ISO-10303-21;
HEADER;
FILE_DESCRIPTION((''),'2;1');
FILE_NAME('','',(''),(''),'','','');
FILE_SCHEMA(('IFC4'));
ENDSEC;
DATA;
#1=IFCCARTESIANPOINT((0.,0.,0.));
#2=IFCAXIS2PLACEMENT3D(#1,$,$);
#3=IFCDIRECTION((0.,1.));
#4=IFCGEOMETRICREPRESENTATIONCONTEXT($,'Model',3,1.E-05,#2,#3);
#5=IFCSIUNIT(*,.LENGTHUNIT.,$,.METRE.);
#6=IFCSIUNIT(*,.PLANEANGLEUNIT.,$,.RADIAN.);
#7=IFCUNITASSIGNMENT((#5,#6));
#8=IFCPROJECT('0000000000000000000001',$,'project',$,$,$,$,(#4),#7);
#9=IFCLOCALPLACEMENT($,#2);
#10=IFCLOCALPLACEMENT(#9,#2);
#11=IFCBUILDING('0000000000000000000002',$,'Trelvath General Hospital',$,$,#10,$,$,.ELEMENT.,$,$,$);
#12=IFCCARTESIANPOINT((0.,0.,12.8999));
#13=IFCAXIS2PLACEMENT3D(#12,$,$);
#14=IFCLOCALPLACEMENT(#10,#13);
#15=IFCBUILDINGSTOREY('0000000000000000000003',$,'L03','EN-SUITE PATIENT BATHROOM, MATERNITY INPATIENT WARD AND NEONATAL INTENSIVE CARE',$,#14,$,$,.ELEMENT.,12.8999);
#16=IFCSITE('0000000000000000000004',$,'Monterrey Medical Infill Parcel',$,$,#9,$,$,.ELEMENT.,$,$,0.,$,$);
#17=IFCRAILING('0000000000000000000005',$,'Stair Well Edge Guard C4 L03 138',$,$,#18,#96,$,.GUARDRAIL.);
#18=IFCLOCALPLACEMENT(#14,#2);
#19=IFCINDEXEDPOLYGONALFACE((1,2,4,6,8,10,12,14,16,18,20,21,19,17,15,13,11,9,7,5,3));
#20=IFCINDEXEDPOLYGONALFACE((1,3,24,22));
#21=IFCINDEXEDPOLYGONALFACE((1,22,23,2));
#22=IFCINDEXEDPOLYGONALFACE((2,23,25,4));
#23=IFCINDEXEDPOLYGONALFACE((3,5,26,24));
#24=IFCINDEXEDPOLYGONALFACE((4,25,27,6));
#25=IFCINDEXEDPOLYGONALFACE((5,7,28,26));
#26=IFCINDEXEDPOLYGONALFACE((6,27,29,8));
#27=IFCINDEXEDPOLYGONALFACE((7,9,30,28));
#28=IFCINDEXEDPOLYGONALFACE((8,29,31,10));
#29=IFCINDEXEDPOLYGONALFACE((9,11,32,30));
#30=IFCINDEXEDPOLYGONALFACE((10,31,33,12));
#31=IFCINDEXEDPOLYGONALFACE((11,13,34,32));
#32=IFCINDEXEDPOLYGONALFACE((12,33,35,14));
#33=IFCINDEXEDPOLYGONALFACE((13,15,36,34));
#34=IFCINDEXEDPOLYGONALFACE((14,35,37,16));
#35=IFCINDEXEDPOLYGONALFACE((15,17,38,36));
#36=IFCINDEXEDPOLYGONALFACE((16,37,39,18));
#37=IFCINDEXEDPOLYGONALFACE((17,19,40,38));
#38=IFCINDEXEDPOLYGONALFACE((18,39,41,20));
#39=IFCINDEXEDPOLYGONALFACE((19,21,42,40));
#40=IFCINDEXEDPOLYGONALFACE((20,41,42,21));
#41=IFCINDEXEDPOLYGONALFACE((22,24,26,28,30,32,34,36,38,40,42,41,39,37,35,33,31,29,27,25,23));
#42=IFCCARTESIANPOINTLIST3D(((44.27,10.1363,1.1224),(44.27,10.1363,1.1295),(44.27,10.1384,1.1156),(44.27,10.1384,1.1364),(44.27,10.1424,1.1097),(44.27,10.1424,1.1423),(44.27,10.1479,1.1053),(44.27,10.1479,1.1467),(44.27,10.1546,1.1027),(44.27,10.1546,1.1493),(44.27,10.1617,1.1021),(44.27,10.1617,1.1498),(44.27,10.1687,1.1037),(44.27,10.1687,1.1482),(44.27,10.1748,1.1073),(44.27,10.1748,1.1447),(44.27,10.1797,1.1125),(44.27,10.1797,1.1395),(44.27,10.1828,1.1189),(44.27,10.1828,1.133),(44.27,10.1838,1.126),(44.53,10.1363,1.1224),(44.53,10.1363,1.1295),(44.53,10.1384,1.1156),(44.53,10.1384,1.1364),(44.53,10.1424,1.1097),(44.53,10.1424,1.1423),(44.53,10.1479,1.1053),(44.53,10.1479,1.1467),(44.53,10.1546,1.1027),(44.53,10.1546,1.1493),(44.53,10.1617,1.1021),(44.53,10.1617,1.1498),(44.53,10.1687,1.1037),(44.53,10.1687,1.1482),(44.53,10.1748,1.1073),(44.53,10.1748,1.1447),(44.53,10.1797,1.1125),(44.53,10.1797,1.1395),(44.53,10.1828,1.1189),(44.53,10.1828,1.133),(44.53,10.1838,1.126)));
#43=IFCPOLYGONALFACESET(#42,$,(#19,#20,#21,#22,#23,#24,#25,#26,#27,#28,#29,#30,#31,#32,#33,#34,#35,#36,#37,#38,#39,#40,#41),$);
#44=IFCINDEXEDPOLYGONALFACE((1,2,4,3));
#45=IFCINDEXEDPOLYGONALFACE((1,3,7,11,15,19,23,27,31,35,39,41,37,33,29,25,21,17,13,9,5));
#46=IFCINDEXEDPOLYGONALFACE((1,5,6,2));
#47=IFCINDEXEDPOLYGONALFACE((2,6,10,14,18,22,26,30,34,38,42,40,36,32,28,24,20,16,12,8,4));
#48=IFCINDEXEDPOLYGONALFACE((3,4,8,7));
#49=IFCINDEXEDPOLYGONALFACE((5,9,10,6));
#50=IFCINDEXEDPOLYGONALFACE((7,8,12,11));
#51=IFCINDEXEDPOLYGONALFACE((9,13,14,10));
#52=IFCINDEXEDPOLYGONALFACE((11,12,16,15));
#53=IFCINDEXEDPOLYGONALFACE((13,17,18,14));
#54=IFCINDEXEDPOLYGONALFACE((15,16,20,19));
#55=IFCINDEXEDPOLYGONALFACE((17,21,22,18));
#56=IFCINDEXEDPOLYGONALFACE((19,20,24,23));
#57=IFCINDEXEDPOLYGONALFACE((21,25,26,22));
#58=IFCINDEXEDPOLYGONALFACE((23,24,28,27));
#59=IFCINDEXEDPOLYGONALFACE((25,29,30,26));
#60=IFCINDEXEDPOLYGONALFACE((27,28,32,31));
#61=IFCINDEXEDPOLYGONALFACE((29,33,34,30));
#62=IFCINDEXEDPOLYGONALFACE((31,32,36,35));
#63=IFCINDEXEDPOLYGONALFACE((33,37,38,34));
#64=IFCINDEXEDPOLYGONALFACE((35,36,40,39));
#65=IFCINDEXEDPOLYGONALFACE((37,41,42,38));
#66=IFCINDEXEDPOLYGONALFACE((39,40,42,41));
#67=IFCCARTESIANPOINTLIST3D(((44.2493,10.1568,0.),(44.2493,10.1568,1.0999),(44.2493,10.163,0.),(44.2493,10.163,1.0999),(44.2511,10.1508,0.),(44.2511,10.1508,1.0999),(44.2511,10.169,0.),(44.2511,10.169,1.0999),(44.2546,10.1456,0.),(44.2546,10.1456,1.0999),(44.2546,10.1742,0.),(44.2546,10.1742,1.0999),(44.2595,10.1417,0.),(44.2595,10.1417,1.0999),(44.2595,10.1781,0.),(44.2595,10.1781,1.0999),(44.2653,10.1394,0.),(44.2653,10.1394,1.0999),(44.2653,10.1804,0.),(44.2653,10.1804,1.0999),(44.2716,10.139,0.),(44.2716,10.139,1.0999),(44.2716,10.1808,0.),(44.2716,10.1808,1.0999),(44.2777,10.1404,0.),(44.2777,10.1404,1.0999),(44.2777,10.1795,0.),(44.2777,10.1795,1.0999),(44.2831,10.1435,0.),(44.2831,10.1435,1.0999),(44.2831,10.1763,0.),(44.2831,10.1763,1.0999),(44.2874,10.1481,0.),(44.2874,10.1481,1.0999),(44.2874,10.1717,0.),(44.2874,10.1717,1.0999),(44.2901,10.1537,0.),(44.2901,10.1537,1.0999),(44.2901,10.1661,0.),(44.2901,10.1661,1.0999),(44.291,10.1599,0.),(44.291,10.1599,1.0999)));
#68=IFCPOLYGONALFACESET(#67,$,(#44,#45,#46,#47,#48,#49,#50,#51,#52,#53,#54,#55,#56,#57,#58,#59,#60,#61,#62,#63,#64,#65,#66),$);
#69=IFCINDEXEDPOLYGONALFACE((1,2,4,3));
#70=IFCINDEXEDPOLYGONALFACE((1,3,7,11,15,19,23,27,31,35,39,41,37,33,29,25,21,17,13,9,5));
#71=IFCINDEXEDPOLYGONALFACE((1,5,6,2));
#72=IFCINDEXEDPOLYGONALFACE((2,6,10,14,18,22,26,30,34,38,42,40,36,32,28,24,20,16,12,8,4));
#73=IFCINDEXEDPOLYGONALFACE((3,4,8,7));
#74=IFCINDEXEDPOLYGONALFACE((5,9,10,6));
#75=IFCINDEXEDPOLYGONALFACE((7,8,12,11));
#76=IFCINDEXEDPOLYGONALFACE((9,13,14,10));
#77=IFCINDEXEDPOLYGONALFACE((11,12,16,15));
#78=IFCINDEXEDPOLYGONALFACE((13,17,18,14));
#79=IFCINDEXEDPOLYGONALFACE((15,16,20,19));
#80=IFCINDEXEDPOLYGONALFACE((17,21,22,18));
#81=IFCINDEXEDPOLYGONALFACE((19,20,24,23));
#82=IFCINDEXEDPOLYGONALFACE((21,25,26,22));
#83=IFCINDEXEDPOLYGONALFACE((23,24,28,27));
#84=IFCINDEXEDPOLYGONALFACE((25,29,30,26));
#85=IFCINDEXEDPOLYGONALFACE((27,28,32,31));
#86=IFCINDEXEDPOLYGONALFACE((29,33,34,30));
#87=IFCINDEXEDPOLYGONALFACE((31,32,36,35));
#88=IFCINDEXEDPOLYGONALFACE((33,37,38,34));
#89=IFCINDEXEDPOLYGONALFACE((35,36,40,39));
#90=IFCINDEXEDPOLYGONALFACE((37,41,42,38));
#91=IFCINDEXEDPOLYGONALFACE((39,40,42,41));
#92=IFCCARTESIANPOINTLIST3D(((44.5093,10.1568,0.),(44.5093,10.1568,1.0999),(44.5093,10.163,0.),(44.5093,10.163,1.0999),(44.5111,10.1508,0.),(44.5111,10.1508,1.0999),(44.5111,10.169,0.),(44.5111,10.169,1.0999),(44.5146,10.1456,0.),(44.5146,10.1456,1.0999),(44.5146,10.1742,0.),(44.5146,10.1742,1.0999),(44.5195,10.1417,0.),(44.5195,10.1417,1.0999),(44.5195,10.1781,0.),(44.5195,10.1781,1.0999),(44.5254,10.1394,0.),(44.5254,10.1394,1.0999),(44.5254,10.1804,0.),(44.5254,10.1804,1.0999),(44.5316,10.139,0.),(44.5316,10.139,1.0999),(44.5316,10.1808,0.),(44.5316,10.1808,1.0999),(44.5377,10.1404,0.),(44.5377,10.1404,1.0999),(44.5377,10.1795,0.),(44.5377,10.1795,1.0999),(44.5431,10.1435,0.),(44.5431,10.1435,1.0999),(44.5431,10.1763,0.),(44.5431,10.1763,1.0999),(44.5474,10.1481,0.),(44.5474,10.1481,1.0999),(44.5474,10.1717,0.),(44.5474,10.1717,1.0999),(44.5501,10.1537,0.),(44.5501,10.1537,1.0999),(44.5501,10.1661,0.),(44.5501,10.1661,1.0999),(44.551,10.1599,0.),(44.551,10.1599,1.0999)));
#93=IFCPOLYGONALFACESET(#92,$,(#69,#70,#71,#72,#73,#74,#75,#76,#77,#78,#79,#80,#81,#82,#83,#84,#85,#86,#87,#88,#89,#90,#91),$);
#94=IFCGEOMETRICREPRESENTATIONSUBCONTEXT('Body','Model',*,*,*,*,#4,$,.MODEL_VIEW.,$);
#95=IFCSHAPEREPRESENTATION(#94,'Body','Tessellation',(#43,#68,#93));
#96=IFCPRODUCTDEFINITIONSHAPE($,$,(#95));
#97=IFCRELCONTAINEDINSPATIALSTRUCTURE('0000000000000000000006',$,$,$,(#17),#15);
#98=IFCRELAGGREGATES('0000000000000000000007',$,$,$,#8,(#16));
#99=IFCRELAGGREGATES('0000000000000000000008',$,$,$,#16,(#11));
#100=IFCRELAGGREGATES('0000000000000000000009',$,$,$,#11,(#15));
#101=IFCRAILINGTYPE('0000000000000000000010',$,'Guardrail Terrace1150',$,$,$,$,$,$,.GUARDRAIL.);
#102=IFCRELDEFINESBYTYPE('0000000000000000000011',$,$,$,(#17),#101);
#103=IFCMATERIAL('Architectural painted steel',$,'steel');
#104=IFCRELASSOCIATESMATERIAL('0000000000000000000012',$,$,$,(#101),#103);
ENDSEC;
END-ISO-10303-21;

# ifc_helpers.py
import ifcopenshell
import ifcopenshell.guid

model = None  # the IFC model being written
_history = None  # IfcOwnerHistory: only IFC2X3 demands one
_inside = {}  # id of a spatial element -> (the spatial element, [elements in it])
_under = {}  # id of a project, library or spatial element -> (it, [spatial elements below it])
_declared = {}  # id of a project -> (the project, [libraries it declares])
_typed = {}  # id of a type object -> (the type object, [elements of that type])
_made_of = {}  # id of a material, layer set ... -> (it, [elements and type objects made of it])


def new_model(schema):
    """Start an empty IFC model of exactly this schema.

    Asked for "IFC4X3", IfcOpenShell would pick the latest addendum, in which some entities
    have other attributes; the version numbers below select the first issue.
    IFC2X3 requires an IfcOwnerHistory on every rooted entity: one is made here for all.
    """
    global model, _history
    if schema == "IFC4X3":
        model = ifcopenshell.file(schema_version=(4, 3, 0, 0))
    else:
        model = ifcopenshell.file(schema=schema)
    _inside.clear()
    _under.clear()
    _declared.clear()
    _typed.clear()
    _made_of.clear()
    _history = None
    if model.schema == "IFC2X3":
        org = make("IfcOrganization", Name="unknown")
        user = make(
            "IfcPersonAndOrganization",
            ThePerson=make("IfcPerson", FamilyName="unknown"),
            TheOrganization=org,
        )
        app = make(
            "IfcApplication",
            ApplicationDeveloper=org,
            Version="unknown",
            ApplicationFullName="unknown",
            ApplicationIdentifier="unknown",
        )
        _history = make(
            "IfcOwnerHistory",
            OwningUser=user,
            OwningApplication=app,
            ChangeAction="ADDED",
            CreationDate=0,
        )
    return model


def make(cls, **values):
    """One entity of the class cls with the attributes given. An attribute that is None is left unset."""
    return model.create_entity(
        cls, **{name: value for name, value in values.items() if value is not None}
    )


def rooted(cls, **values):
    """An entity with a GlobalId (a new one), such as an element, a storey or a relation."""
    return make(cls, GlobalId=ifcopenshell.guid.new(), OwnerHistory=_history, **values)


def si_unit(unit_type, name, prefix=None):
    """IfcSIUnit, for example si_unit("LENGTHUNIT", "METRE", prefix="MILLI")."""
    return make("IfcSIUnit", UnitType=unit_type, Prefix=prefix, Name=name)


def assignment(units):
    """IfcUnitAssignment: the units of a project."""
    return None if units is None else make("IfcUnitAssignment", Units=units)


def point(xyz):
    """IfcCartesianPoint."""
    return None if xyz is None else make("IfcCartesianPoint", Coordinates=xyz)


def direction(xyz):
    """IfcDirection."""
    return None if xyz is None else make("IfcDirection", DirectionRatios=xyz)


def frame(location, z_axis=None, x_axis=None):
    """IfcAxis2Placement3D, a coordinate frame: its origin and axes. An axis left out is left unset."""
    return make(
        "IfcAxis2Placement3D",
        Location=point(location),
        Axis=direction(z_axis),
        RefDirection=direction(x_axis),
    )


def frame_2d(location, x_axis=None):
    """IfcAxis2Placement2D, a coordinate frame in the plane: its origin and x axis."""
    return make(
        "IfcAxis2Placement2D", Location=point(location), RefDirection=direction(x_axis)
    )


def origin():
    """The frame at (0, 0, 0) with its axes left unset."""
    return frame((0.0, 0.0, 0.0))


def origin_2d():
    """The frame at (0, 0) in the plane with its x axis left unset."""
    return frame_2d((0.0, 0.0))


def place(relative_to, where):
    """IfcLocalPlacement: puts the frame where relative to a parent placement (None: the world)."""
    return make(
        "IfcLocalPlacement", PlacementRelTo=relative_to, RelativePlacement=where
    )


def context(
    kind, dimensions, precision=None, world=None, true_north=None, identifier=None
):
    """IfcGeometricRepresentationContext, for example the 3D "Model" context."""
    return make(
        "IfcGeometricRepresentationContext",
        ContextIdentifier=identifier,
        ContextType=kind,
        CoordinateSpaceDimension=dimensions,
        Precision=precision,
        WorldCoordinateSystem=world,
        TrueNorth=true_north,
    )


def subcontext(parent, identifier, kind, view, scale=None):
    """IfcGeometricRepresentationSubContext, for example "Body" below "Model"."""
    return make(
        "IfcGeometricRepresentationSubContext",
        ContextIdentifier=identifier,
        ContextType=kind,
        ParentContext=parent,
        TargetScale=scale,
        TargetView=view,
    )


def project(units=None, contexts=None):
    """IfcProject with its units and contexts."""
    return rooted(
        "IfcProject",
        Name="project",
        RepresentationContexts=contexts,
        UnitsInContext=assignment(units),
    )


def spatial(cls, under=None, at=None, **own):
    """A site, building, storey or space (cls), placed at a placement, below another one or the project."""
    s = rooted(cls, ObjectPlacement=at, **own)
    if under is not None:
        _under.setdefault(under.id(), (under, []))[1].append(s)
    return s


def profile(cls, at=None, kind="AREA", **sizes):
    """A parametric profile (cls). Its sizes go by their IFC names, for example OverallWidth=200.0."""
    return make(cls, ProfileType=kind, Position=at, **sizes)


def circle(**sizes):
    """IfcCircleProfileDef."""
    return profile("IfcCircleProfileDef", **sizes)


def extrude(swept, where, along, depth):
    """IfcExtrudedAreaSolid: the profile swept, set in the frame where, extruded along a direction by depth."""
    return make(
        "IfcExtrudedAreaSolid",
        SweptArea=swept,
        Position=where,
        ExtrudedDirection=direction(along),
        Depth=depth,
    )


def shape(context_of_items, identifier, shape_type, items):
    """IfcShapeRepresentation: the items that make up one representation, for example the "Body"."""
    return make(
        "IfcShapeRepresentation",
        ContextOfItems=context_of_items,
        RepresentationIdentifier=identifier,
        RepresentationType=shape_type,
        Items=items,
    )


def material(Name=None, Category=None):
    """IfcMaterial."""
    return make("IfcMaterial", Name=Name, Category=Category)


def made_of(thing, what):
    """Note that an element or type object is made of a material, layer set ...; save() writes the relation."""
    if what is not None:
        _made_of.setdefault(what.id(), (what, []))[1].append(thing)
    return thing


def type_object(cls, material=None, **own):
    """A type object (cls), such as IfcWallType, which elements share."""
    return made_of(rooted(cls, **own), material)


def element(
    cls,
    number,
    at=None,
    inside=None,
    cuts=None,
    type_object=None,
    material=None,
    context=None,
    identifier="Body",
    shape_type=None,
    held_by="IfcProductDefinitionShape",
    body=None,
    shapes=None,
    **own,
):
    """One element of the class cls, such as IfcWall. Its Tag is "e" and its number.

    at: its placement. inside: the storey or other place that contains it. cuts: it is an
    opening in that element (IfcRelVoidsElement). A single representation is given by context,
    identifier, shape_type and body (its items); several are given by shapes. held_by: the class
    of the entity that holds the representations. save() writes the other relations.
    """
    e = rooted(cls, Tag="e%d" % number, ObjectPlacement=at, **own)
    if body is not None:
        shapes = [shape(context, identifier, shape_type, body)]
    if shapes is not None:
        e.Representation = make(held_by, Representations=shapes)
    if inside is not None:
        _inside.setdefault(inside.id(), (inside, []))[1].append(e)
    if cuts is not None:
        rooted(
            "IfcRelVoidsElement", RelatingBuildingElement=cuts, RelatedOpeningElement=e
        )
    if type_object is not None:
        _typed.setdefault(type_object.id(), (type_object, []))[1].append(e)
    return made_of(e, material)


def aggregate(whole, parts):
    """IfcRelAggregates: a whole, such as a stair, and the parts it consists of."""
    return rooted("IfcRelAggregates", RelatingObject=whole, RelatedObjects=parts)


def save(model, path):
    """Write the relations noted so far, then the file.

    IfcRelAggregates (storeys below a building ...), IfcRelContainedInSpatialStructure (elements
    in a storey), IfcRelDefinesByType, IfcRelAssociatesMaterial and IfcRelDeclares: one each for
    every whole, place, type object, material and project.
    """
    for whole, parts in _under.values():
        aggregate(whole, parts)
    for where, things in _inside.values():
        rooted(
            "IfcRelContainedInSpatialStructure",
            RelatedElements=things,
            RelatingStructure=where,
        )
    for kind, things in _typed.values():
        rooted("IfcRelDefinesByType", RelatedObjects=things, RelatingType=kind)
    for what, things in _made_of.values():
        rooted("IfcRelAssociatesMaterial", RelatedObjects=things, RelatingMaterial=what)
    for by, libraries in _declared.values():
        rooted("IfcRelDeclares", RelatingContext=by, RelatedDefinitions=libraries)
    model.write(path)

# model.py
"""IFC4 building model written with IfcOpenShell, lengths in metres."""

from ifc_helpers import new_model, si_unit, direction, frame, origin, origin_2d, place, context, subcontext, project, spatial, circle, extrude, material, type_object, element, save


model = new_model("IFC4")

# Units and contexts
model_context = context("Model", 3, precision=1e-05, world=origin(), true_north=direction((0.0, 1.0)))
body_context = subcontext(model_context, "Body", "Model", "MODEL_VIEW")
ifc_project = project(units=[si_unit("LENGTHUNIT", "METRE"), si_unit("PLANEANGLEUNIT", "RADIAN")], contexts=[model_context])

# Site, building, storey
site_placement = place(None, origin())
site = spatial("IfcSite", under=ifc_project, at=site_placement, Name="Monterrey Medical Infill Parcel", CompositionType="ELEMENT", RefElevation=0.0)
building_placement = place(site_placement, origin())
building = spatial("IfcBuilding", under=site, at=building_placement, Name="Trelvath General Hospital", CompositionType="ELEMENT")
storey_placement = place(building_placement, frame((0.0, 0.0, 12.8999)))
storey = spatial("IfcBuildingStorey", under=building, at=storey_placement, Name="L03", Description="EN-SUITE PATIENT BATHROOM, MATERNITY INPATIENT WARD AND NEONATAL INTENSIVE CARE", CompositionType="ELEMENT", Elevation=12.8999)

# Railing
ifc_material_1 = material(Name="Architectural painted steel", Category="steel")
railing_type_1 = type_object("IfcRailingType", Name="Guardrail Terrace1150", PredefinedType="GUARDRAIL", material=ifc_material_1)
railing_1_placement = place(storey_placement, frame((44.27, 10.1599, 0.0)))
element("IfcRailing", 1, at=railing_1_placement, inside=storey, type_object=railing_type_1, Name="Stair Well Edge Guard C4 L03 138", PredefinedType="GUARDRAIL", context=body_context, shape_type="SweptSolid", body=[
    extrude(circle(Radius=0.0239, at=origin_2d()), frame((0.0, 0.0, 1.126), z_axis=(1.0, 0.0, 0.0), x_axis=(0.0, 1.0, 0.0)), (0.0, 0.0, 1.0), 0.26),
    extrude(circle(Radius=0.021, at=origin_2d()), origin(), (0.0, 0.0, 1.0), 1.0999),
    extrude(circle(Radius=0.021, at=origin_2d()), frame((0.26, 0.0, 0.0)), (0.0, 0.0, 1.0), 1.0999),
])

save(model, "model.ifc")
